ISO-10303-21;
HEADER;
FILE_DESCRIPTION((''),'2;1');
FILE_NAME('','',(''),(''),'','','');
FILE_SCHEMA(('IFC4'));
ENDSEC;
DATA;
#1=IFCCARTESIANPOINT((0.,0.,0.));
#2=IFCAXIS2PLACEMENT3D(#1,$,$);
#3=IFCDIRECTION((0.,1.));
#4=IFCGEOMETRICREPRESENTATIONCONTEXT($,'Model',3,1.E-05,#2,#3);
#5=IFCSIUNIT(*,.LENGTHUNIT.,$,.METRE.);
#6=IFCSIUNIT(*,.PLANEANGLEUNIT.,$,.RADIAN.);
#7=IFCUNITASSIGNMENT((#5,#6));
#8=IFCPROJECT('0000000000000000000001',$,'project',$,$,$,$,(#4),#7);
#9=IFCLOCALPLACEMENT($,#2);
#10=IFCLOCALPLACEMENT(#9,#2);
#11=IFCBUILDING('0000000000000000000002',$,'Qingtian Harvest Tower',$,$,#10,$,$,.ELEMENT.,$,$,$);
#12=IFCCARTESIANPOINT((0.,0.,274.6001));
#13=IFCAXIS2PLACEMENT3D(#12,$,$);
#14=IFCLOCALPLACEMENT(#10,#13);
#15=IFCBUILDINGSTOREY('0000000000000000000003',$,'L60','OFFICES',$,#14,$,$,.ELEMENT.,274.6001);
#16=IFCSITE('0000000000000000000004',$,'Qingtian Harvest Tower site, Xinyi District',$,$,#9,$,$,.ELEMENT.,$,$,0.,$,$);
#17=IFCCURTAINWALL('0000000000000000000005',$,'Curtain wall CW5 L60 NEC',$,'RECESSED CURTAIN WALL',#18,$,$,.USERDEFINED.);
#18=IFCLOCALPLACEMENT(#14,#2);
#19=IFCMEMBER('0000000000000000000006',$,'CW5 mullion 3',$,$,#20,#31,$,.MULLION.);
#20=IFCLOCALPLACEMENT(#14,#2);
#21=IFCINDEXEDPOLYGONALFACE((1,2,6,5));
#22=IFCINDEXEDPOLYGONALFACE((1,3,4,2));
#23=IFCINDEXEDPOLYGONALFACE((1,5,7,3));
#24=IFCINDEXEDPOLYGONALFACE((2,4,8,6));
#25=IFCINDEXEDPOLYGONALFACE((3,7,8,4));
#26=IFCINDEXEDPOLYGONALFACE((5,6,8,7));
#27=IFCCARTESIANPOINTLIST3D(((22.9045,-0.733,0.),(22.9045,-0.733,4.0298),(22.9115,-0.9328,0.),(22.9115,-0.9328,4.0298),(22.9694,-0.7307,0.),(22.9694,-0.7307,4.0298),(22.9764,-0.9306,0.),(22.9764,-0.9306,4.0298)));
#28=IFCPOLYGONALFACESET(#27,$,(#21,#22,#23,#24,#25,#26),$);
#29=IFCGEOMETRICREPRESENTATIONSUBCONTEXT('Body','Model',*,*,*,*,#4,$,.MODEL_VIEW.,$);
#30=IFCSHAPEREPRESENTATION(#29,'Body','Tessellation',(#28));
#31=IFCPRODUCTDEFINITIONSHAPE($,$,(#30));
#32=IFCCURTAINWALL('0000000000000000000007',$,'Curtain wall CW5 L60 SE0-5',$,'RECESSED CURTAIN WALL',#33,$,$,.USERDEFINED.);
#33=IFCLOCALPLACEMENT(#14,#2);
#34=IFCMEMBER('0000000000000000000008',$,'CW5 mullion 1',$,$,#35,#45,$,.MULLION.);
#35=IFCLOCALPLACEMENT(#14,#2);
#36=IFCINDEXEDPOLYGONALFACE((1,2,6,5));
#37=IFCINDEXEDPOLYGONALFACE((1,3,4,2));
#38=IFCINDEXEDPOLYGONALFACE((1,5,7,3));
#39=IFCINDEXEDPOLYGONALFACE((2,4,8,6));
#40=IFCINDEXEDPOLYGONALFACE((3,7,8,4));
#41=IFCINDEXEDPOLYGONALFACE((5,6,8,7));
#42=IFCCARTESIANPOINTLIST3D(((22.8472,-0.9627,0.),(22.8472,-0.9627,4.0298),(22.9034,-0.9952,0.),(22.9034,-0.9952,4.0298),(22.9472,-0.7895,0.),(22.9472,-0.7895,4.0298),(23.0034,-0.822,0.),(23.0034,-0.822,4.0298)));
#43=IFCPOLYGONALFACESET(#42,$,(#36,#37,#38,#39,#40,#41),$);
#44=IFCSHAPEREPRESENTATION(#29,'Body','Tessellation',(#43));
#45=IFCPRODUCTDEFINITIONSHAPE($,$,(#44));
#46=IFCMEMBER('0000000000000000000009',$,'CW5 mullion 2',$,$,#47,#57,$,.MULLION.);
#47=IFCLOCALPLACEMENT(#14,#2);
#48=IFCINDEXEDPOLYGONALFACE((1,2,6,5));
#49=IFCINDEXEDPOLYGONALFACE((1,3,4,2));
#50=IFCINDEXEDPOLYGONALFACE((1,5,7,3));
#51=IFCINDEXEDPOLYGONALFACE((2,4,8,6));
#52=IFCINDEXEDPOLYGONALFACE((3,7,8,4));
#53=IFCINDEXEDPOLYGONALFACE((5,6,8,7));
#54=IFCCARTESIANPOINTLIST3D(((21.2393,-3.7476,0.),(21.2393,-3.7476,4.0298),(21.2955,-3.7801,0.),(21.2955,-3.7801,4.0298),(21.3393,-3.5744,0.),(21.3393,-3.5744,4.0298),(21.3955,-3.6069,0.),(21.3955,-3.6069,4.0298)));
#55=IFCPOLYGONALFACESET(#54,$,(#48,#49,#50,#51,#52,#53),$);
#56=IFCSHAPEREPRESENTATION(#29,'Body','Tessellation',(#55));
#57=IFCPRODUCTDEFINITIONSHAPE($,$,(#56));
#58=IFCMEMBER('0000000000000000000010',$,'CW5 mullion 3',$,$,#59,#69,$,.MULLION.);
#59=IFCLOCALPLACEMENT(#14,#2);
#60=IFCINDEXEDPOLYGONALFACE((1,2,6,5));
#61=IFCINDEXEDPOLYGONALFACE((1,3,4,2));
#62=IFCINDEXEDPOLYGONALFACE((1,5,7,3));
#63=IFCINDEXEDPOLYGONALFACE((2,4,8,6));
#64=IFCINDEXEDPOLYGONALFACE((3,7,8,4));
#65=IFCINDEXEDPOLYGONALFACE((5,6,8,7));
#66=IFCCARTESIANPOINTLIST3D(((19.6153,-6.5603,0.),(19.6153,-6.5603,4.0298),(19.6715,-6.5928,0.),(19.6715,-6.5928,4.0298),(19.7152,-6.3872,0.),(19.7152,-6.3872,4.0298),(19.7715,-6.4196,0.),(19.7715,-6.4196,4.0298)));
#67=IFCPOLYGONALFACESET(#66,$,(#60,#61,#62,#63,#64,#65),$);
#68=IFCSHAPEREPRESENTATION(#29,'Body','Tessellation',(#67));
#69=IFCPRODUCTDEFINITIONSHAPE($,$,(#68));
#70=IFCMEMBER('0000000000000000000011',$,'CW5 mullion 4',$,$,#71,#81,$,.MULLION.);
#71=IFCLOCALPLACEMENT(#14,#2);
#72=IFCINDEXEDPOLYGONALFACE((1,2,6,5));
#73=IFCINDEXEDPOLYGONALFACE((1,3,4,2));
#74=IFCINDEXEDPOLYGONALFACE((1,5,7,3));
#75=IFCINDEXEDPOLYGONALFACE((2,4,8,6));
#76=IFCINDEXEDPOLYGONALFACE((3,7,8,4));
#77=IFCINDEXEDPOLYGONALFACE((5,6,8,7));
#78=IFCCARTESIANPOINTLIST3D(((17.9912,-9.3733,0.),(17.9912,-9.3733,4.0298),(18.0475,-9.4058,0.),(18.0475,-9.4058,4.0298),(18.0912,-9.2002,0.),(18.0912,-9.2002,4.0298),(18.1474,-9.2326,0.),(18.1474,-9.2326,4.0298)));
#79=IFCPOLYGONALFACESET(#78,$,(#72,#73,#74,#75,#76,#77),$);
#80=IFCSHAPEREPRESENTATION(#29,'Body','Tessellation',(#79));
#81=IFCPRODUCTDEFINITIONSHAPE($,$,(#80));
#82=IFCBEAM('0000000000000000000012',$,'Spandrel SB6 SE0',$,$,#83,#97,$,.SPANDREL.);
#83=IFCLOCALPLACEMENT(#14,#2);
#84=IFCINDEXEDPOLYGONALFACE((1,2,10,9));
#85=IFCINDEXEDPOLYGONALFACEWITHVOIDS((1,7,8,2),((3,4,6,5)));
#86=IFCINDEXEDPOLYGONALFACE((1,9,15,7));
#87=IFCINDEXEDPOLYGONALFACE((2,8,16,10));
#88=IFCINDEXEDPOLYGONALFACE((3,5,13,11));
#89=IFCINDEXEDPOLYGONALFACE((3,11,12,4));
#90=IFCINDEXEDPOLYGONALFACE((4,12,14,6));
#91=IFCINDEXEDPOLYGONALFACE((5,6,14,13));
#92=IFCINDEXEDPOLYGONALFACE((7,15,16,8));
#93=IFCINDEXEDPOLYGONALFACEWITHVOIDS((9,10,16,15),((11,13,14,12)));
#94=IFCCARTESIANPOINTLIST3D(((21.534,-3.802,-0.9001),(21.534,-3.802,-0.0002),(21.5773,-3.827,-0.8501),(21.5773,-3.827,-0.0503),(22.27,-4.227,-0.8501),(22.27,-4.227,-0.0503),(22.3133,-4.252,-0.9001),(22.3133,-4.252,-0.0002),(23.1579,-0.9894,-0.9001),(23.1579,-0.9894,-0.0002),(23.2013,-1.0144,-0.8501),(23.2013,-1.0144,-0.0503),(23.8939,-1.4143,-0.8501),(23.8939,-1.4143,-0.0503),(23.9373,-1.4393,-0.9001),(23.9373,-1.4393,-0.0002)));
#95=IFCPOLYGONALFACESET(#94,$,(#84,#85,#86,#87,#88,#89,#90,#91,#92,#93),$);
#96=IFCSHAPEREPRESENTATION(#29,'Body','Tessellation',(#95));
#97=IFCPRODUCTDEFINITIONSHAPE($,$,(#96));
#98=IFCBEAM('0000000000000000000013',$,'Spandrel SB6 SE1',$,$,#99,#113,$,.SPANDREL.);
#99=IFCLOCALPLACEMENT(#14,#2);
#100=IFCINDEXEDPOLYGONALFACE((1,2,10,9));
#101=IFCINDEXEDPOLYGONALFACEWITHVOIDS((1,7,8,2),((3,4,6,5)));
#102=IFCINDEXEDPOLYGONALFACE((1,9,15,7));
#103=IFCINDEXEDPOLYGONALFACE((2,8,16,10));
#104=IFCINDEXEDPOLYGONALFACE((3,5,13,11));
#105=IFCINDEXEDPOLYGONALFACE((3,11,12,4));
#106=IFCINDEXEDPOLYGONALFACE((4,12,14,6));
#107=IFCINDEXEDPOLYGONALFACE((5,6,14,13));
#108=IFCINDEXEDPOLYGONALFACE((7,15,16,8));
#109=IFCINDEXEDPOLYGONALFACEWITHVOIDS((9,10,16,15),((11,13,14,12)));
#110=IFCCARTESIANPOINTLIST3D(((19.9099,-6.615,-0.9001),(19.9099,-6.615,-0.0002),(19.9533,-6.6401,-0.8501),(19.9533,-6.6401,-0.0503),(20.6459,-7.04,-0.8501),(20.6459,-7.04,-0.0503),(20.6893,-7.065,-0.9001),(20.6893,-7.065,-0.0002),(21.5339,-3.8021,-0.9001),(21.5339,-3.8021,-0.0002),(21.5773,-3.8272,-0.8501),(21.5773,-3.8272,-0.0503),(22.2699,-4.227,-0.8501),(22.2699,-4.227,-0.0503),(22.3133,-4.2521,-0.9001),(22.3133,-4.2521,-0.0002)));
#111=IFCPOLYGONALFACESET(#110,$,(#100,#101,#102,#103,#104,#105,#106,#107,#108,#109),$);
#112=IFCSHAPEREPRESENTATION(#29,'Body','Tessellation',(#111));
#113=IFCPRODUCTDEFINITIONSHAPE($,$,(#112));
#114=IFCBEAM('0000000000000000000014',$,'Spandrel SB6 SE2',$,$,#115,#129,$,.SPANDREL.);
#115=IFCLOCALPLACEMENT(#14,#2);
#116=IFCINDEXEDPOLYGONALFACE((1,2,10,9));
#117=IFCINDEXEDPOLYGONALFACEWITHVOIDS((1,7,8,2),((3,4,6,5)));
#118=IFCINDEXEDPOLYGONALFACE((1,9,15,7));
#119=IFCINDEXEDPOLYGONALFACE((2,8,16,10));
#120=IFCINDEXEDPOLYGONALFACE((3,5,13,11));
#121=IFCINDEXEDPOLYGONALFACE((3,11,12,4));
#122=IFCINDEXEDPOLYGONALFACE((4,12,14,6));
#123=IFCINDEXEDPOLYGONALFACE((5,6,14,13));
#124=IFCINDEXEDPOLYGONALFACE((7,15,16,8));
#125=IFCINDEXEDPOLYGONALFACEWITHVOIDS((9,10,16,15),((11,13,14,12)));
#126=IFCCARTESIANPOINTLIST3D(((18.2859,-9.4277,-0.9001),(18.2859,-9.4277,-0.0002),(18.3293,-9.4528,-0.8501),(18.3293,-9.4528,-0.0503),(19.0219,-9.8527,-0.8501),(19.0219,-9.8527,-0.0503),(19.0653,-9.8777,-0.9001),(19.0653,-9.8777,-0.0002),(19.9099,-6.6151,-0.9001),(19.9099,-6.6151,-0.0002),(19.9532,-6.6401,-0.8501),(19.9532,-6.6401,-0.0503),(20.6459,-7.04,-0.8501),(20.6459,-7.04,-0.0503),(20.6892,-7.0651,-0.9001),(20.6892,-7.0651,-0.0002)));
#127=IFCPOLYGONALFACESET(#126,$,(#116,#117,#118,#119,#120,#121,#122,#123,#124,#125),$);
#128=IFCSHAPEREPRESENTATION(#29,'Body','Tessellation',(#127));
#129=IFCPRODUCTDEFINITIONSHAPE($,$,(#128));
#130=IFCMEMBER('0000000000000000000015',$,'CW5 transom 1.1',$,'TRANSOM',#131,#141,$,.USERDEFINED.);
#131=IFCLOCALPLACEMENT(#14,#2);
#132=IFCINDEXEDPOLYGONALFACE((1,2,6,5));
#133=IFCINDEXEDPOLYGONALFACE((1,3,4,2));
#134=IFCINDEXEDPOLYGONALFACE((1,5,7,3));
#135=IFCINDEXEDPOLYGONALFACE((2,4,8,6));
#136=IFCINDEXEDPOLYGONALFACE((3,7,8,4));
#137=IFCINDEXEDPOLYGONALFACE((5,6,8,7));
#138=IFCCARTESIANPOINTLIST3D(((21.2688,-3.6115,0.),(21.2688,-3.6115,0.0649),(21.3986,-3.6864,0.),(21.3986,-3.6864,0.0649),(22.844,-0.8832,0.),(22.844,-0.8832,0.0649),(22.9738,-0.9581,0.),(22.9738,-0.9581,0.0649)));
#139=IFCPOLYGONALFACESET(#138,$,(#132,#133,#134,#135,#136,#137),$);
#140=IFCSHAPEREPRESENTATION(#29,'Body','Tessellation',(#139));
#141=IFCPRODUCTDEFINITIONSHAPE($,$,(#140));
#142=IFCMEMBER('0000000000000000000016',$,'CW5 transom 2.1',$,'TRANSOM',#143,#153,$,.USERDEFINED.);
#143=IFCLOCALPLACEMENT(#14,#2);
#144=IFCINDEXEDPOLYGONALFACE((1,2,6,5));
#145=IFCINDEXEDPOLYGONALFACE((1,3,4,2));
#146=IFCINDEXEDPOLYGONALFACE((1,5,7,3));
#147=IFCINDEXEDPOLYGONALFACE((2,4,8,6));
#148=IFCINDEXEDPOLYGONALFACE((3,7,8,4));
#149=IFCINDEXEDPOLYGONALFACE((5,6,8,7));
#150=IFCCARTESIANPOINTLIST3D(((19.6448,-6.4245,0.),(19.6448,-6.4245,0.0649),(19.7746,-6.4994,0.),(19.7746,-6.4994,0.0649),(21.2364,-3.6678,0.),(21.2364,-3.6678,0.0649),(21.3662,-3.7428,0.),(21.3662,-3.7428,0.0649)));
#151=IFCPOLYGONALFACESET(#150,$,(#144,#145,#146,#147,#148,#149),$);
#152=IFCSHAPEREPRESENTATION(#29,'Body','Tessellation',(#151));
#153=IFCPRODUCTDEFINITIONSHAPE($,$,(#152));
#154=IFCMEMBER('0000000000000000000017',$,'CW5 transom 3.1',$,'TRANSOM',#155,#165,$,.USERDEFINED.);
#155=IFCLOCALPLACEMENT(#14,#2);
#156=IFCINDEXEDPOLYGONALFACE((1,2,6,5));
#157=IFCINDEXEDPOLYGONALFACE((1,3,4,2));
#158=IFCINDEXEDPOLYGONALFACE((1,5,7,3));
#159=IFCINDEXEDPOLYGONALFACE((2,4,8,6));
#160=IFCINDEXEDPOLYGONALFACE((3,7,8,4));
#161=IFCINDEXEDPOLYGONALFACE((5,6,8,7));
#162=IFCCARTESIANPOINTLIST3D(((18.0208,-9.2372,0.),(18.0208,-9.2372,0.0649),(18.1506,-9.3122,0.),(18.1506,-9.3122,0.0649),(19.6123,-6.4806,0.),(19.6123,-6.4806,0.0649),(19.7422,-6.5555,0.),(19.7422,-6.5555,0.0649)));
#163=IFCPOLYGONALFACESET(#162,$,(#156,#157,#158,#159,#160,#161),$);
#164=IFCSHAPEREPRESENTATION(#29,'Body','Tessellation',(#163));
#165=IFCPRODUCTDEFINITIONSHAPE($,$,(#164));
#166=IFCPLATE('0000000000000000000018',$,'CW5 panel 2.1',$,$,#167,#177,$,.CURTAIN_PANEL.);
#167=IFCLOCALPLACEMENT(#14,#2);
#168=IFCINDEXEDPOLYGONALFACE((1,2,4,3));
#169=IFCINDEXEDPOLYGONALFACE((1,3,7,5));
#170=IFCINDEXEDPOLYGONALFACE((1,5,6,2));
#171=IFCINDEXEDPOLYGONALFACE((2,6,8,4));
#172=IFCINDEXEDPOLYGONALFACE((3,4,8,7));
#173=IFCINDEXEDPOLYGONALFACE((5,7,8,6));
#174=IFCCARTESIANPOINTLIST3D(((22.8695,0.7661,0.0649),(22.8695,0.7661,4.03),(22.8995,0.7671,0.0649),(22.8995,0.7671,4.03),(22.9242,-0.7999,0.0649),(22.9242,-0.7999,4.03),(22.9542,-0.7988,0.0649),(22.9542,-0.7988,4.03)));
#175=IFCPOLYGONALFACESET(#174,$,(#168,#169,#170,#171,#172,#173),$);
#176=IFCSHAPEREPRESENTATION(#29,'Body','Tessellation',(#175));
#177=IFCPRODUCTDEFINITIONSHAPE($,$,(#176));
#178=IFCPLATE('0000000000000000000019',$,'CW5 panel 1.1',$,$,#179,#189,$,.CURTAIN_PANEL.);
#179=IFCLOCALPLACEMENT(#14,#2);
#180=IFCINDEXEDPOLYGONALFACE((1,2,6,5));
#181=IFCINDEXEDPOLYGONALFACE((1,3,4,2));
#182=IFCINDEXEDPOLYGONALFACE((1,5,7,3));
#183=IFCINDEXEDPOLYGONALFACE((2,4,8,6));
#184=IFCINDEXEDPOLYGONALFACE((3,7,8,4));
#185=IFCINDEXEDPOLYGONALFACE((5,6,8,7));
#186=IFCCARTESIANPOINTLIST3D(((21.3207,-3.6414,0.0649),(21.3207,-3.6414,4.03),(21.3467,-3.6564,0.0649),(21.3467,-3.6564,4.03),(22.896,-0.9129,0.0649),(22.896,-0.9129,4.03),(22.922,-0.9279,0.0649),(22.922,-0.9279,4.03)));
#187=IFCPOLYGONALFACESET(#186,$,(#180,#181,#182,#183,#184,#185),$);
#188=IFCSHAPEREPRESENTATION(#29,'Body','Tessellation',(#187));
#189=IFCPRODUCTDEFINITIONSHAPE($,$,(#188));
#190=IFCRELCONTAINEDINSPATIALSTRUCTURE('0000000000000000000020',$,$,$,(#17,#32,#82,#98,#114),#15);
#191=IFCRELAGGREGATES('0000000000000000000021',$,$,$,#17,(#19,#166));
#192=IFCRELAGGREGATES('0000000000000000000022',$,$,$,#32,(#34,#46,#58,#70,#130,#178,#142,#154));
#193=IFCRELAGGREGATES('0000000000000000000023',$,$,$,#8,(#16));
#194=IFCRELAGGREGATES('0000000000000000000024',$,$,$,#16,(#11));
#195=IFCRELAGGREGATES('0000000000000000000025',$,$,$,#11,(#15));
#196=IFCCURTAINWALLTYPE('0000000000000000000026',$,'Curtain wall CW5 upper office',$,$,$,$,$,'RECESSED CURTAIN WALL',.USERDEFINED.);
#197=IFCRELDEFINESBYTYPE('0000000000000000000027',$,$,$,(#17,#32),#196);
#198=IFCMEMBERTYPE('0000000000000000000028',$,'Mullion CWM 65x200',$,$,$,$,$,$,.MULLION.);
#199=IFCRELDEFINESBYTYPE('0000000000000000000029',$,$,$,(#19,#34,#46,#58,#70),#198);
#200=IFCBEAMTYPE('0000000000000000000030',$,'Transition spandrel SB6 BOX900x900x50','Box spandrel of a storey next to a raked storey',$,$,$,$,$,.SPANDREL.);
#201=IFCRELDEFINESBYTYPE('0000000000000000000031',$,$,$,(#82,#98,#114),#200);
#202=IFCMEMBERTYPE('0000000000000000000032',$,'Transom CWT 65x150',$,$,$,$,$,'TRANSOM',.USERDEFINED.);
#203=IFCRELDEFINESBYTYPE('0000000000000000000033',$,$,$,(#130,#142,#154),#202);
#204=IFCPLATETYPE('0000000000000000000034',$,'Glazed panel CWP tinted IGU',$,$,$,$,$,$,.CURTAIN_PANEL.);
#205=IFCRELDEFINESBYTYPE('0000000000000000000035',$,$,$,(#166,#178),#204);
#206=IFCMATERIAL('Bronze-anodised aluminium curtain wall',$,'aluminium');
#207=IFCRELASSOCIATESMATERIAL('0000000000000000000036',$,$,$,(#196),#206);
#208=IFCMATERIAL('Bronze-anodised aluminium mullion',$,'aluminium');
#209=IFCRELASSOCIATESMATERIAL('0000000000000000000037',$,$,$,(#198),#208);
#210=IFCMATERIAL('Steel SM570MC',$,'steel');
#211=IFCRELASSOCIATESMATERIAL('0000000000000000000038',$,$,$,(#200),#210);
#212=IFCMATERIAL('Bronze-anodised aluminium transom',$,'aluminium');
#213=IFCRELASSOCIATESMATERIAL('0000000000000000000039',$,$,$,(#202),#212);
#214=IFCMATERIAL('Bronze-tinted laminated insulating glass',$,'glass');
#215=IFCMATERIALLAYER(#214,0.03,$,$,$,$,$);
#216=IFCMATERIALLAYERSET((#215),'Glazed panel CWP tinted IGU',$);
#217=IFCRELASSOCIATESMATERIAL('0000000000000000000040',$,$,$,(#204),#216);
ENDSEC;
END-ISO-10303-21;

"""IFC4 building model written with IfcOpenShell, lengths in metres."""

from ifc_helpers import new_model, si_unit, direction, frame, origin, origin_2d, place, context, subcontext, project, spatial, rectangle, hollow_rectangle, extrude, material, layer, layer_set, material_profile, profile_set, type_object, element, aggregate, save


model = new_model("IFC4")

# Units and contexts
model_context = context("Model", 3, precision=1e-05, world=origin(), true_north=direction((0.0, 1.0)))
body_context = subcontext(model_context, "Body", "Model", "MODEL_VIEW")
ifc_project = project(units=[si_unit("LENGTHUNIT", "METRE"), si_unit("PLANEANGLEUNIT", "RADIAN")], contexts=[model_context])

# Site, building, storey
site_placement = place(None, origin())
site = spatial("IfcSite", under=ifc_project, at=site_placement, Name="Qingtian Harvest Tower site, Xinyi District", CompositionType="ELEMENT", RefElevation=0.0)
building_placement = place(site_placement, origin())
building = spatial("IfcBuilding", under=site, at=building_placement, Name="Qingtian Harvest Tower", CompositionType="ELEMENT")
storey_placement = place(building_placement, frame((0.0, 0.0, 274.6001)))
storey = spatial("IfcBuildingStorey", under=building, at=storey_placement, Name="L60", Description="OFFICES", CompositionType="ELEMENT", Elevation=274.6001)

# Curtain wall, member
ifc_material_1 = material(Name="Bronze-anodised aluminium curtain wall", Category="aluminium")
curtain_wall_type = type_object("IfcCurtainWallType", Name="Curtain wall CW5 upper office", ElementType="RECESSED CURTAIN WALL", PredefinedType="USERDEFINED", material=ifc_material_1)
curtain_wall_1_placement = place(storey_placement, origin())
curtain_wall_1 = element("IfcCurtainWall", 1, at=curtain_wall_1_placement, inside=storey, type_object=curtain_wall_type, Name="Curtain wall CW5 L60 NEC", ObjectType="RECESSED CURTAIN WALL", PredefinedType="USERDEFINED")
ifc_material_2 = material(Name="Bronze-anodised aluminium mullion", Category="aluminium")
ifc_material_profile_1 = material_profile(ifc_material_2, rectangle(XDim=0.0649, YDim=0.2, at=origin_2d()), Name="AL 65x200")
ifc_profile_set_1 = profile_set([ifc_material_profile_1], Name="Bronze-anodised aluminium mullion")
member_type_1 = type_object("IfcMemberType", Name="Mullion CWM 65x200", PredefinedType="MULLION", material=ifc_profile_set_1)
member_1_placement = place(storey_placement, frame((22.9404, -0.8318, 0.0), z_axis=(0.0, 0.0, 1.0), x_axis=(0.999391, 0.034899, 0.0)))
member_1 = element("IfcMember", 2, at=member_1_placement, type_object=member_type_1, Name="CW5 mullion 3", PredefinedType="MULLION", context=body_context, shape_type="SweptSolid", body=[
    extrude(rectangle(XDim=0.0649, YDim=0.2, at=origin_2d()), origin(), (0.0, 0.0, 1.0), 4.0298),
])

# Curtain wall, members
curtain_wall_2_placement = place(storey_placement, origin())
curtain_wall_2 = element("IfcCurtainWall", 3, at=curtain_wall_2_placement, inside=storey, type_object=curtain_wall_type, Name="Curtain wall CW5 L60 SE0-5", ObjectType="RECESSED CURTAIN WALL", PredefinedType="USERDEFINED")
member_2_placement = place(storey_placement, frame((22.9253, -0.8923, 0.0), z_axis=(0.0, 0.0, 1.0), x_axis=(0.866025, -0.5, 0.0)))
member_2 = element("IfcMember", 4, at=member_2_placement, type_object=member_type_1, Name="CW5 mullion 1", PredefinedType="MULLION", context=body_context, shape_type="SweptSolid", body=[
    extrude(rectangle(XDim=0.0649, YDim=0.2, at=origin_2d()), origin(), (0.0, 0.0, 1.0), 4.0298),
])
member_3_placement = place(storey_placement, frame((21.3174, -3.6772, 0.0), z_axis=(0.0, 0.0, 1.0), x_axis=(0.866025, -0.5, 0.0)))
member_3 = element("IfcMember", 5, at=member_3_placement, type_object=member_type_1, Name="CW5 mullion 2", PredefinedType="MULLION", context=body_context, shape_type="SweptSolid", body=[
    extrude(rectangle(XDim=0.0649, YDim=0.2, at=origin_2d()), origin(), (0.0, 0.0, 1.0), 4.0298),
])
member_4_placement = place(storey_placement, frame((19.6934, -6.49, 0.0), z_axis=(0.0, 0.0, 1.0), x_axis=(0.866025, -0.5, 0.0)))
member_4 = element("IfcMember", 6, at=member_4_placement, type_object=member_type_1, Name="CW5 mullion 3", PredefinedType="MULLION", context=body_context, shape_type="SweptSolid", body=[
    extrude(rectangle(XDim=0.0649, YDim=0.2, at=origin_2d()), origin(), (0.0, 0.0, 1.0), 4.0298),
])
member_5_placement = place(storey_placement, frame((18.0693, -9.303, 0.0), z_axis=(0.0, 0.0, 1.0), x_axis=(0.866025, -0.5, 0.0)))
member_5 = element("IfcMember", 7, at=member_5_placement, type_object=member_type_1, Name="CW5 mullion 4", PredefinedType="MULLION", context=body_context, shape_type="SweptSolid", body=[
    extrude(rectangle(XDim=0.0649, YDim=0.2, at=origin_2d()), origin(), (0.0, 0.0, 1.0), 4.0298),
])

# Beams
ifc_material_3 = material(Name="Steel SM570MC", Category="steel")
ifc_material_profile_2 = material_profile(ifc_material_3, hollow_rectangle(XDim=0.8999, YDim=0.8999, WallThickness=0.05, at=origin_2d()), Name="BOX900x900x50")
ifc_profile_set_2 = profile_set([ifc_material_profile_2], Name="Steel SM570MC")
beam_type_1 = type_object("IfcBeamType", Name="Transition spandrel SB6 BOX900x900x50", Description="Box spandrel of a storey next to a raked storey", PredefinedType="SPANDREL", material=ifc_profile_set_2)
beam_1_placement = place(storey_placement, frame((23.5476, -1.2144, -0.4502), z_axis=(-0.50002, -0.866014, 0.0), x_axis=(0.866014, -0.50002, 0.0)))
element("IfcBeam", 8, at=beam_1_placement, inside=storey, type_object=beam_type_1, Name="Spandrel SB6 SE0", PredefinedType="SPANDREL", context=body_context, shape_type="SweptSolid", body=[
    extrude(hollow_rectangle(XDim=0.8999, YDim=0.8999, WallThickness=0.05, at=origin_2d()), origin(), (0.0, 0.0, 1.0), 3.2478),
])
beam_2_placement = place(storey_placement, frame((21.9236, -4.0271, -0.4502), z_axis=(-0.499987, -0.866033, 0.0), x_axis=(0.866033, -0.499987, 0.0)))
element("IfcBeam", 9, at=beam_2_placement, inside=storey, type_object=beam_type_1, Name="Spandrel SB6 SE1", PredefinedType="SPANDREL", context=body_context, shape_type="SweptSolid", body=[
    extrude(hollow_rectangle(XDim=0.8999, YDim=0.8999, WallThickness=0.05, at=origin_2d()), origin(), (0.0, 0.0, 1.0), 3.248),
])
beam_3_placement = place(storey_placement, frame((20.2996, -6.8401, -0.4502), z_axis=(-0.50002, -0.866014, 0.0), x_axis=(0.866014, -0.50002, 0.0)))
element("IfcBeam", 10, at=beam_3_placement, inside=storey, type_object=beam_type_1, Name="Spandrel SB6 SE2", PredefinedType="SPANDREL", context=body_context, shape_type="SweptSolid", body=[
    extrude(hollow_rectangle(XDim=0.8999, YDim=0.8999, WallThickness=0.05, at=origin_2d()), origin(), (0.0, 0.0, 1.0), 3.2478),
])

# Members
ifc_material_4 = material(Name="Bronze-anodised aluminium transom", Category="aluminium")
ifc_material_profile_3 = material_profile(ifc_material_4, rectangle(XDim=0.1499, YDim=0.0649, at=origin_2d()), Name="AL 65x150")
ifc_profile_set_3 = profile_set([ifc_material_profile_3], Name="Bronze-anodised aluminium transom")
member_type_2 = type_object("IfcMemberType", Name="Transom CWT 65x150", ElementType="TRANSOM", PredefinedType="USERDEFINED", material=ifc_profile_set_3)
member_6_placement = place(storey_placement, frame((22.9089, -0.9207, 0.0325), z_axis=(-0.500006, -0.866022, 0.0), x_axis=(0.866022, -0.500006, 0.0)))
member_6 = element("IfcMember", 11, at=member_6_placement, type_object=member_type_2, Name="CW5 transom 1.1", ObjectType="TRANSOM", PredefinedType="USERDEFINED", context=body_context, shape_type="SweptSolid", body=[
    extrude(rectangle(XDim=0.1499, YDim=0.0649, at=origin_2d()), origin(), (0.0, 0.0, 1.0), 3.1504),
])
member_7_placement = place(storey_placement, frame((21.3013, -3.7053, 0.0325), z_axis=(-0.500008, -0.866021, 0.0), x_axis=(0.866021, -0.500008, 0.0)))
member_7 = element("IfcMember", 12, at=member_7_placement, type_object=member_type_2, Name="CW5 transom 2.1", ObjectType="TRANSOM", PredefinedType="USERDEFINED", context=body_context, shape_type="SweptSolid", body=[
    extrude(rectangle(XDim=0.1499, YDim=0.0649, at=origin_2d()), origin(), (0.0, 0.0, 1.0), 3.1831),
])
member_8_placement = place(storey_placement, frame((19.6772, -6.5181, 0.0325), z_axis=(-0.500008, -0.866021, 0.0), x_axis=(0.866021, -0.500008, 0.0)))
member_8 = element("IfcMember", 13, at=member_8_placement, type_object=member_type_2, Name="CW5 transom 3.1", ObjectType="TRANSOM", PredefinedType="USERDEFINED", context=body_context, shape_type="SweptSolid", body=[
    extrude(rectangle(XDim=0.1499, YDim=0.0649, at=origin_2d()), origin(), (0.0, 0.0, 1.0), 3.1831),
])

# Plates
ifc_material_5 = material(Name="Bronze-tinted laminated insulating glass", Category="glass")
ifc_layer_1 = layer(ifc_material_5, 0.03)
ifc_layer_set_1 = layer_set([ifc_layer_1], Name="Glazed panel CWP tinted IGU")
plate_type = type_object("IfcPlateType", Name="Glazed panel CWP tinted IGU", PredefinedType="CURTAIN_PANEL", material=ifc_layer_set_1)
plate_1_placement = place(storey_placement, frame((22.9119, -0.0164, 0.0649), z_axis=(0.0, 0.0, 1.0), x_axis=(0.034899, -0.999391, 0.0)))
plate_1 = element("IfcPlate", 14, at=plate_1_placement, type_object=plate_type, Name="CW5 panel 2.1", PredefinedType="CURTAIN_PANEL", context=body_context, shape_type="SweptSolid", body=[
    extrude(rectangle(XDim=1.5669, YDim=0.03, at=origin_2d()), origin(), (0.0, 0.0, 1.0), 3.9651),
])
aggregate(curtain_wall_1, [member_1, plate_1])
plate_2_placement = place(storey_placement, frame((22.1213, -2.2847, 0.0649), z_axis=(0.0, 0.0, 1.0), x_axis=(-0.5, -0.866025, 0.0)))
plate_2 = element("IfcPlate", 15, at=plate_2_placement, type_object=plate_type, Name="CW5 panel 1.1", PredefinedType="CURTAIN_PANEL", context=body_context, shape_type="SweptSolid", body=[
    extrude(rectangle(XDim=3.1506, YDim=0.03, at=origin_2d()), origin(), (0.0, 0.0, 1.0), 3.9651),
])
aggregate(curtain_wall_2, [member_2, member_3, member_4, member_5, member_6, plate_2, member_7, member_8])

save(model, "model.ifc")
